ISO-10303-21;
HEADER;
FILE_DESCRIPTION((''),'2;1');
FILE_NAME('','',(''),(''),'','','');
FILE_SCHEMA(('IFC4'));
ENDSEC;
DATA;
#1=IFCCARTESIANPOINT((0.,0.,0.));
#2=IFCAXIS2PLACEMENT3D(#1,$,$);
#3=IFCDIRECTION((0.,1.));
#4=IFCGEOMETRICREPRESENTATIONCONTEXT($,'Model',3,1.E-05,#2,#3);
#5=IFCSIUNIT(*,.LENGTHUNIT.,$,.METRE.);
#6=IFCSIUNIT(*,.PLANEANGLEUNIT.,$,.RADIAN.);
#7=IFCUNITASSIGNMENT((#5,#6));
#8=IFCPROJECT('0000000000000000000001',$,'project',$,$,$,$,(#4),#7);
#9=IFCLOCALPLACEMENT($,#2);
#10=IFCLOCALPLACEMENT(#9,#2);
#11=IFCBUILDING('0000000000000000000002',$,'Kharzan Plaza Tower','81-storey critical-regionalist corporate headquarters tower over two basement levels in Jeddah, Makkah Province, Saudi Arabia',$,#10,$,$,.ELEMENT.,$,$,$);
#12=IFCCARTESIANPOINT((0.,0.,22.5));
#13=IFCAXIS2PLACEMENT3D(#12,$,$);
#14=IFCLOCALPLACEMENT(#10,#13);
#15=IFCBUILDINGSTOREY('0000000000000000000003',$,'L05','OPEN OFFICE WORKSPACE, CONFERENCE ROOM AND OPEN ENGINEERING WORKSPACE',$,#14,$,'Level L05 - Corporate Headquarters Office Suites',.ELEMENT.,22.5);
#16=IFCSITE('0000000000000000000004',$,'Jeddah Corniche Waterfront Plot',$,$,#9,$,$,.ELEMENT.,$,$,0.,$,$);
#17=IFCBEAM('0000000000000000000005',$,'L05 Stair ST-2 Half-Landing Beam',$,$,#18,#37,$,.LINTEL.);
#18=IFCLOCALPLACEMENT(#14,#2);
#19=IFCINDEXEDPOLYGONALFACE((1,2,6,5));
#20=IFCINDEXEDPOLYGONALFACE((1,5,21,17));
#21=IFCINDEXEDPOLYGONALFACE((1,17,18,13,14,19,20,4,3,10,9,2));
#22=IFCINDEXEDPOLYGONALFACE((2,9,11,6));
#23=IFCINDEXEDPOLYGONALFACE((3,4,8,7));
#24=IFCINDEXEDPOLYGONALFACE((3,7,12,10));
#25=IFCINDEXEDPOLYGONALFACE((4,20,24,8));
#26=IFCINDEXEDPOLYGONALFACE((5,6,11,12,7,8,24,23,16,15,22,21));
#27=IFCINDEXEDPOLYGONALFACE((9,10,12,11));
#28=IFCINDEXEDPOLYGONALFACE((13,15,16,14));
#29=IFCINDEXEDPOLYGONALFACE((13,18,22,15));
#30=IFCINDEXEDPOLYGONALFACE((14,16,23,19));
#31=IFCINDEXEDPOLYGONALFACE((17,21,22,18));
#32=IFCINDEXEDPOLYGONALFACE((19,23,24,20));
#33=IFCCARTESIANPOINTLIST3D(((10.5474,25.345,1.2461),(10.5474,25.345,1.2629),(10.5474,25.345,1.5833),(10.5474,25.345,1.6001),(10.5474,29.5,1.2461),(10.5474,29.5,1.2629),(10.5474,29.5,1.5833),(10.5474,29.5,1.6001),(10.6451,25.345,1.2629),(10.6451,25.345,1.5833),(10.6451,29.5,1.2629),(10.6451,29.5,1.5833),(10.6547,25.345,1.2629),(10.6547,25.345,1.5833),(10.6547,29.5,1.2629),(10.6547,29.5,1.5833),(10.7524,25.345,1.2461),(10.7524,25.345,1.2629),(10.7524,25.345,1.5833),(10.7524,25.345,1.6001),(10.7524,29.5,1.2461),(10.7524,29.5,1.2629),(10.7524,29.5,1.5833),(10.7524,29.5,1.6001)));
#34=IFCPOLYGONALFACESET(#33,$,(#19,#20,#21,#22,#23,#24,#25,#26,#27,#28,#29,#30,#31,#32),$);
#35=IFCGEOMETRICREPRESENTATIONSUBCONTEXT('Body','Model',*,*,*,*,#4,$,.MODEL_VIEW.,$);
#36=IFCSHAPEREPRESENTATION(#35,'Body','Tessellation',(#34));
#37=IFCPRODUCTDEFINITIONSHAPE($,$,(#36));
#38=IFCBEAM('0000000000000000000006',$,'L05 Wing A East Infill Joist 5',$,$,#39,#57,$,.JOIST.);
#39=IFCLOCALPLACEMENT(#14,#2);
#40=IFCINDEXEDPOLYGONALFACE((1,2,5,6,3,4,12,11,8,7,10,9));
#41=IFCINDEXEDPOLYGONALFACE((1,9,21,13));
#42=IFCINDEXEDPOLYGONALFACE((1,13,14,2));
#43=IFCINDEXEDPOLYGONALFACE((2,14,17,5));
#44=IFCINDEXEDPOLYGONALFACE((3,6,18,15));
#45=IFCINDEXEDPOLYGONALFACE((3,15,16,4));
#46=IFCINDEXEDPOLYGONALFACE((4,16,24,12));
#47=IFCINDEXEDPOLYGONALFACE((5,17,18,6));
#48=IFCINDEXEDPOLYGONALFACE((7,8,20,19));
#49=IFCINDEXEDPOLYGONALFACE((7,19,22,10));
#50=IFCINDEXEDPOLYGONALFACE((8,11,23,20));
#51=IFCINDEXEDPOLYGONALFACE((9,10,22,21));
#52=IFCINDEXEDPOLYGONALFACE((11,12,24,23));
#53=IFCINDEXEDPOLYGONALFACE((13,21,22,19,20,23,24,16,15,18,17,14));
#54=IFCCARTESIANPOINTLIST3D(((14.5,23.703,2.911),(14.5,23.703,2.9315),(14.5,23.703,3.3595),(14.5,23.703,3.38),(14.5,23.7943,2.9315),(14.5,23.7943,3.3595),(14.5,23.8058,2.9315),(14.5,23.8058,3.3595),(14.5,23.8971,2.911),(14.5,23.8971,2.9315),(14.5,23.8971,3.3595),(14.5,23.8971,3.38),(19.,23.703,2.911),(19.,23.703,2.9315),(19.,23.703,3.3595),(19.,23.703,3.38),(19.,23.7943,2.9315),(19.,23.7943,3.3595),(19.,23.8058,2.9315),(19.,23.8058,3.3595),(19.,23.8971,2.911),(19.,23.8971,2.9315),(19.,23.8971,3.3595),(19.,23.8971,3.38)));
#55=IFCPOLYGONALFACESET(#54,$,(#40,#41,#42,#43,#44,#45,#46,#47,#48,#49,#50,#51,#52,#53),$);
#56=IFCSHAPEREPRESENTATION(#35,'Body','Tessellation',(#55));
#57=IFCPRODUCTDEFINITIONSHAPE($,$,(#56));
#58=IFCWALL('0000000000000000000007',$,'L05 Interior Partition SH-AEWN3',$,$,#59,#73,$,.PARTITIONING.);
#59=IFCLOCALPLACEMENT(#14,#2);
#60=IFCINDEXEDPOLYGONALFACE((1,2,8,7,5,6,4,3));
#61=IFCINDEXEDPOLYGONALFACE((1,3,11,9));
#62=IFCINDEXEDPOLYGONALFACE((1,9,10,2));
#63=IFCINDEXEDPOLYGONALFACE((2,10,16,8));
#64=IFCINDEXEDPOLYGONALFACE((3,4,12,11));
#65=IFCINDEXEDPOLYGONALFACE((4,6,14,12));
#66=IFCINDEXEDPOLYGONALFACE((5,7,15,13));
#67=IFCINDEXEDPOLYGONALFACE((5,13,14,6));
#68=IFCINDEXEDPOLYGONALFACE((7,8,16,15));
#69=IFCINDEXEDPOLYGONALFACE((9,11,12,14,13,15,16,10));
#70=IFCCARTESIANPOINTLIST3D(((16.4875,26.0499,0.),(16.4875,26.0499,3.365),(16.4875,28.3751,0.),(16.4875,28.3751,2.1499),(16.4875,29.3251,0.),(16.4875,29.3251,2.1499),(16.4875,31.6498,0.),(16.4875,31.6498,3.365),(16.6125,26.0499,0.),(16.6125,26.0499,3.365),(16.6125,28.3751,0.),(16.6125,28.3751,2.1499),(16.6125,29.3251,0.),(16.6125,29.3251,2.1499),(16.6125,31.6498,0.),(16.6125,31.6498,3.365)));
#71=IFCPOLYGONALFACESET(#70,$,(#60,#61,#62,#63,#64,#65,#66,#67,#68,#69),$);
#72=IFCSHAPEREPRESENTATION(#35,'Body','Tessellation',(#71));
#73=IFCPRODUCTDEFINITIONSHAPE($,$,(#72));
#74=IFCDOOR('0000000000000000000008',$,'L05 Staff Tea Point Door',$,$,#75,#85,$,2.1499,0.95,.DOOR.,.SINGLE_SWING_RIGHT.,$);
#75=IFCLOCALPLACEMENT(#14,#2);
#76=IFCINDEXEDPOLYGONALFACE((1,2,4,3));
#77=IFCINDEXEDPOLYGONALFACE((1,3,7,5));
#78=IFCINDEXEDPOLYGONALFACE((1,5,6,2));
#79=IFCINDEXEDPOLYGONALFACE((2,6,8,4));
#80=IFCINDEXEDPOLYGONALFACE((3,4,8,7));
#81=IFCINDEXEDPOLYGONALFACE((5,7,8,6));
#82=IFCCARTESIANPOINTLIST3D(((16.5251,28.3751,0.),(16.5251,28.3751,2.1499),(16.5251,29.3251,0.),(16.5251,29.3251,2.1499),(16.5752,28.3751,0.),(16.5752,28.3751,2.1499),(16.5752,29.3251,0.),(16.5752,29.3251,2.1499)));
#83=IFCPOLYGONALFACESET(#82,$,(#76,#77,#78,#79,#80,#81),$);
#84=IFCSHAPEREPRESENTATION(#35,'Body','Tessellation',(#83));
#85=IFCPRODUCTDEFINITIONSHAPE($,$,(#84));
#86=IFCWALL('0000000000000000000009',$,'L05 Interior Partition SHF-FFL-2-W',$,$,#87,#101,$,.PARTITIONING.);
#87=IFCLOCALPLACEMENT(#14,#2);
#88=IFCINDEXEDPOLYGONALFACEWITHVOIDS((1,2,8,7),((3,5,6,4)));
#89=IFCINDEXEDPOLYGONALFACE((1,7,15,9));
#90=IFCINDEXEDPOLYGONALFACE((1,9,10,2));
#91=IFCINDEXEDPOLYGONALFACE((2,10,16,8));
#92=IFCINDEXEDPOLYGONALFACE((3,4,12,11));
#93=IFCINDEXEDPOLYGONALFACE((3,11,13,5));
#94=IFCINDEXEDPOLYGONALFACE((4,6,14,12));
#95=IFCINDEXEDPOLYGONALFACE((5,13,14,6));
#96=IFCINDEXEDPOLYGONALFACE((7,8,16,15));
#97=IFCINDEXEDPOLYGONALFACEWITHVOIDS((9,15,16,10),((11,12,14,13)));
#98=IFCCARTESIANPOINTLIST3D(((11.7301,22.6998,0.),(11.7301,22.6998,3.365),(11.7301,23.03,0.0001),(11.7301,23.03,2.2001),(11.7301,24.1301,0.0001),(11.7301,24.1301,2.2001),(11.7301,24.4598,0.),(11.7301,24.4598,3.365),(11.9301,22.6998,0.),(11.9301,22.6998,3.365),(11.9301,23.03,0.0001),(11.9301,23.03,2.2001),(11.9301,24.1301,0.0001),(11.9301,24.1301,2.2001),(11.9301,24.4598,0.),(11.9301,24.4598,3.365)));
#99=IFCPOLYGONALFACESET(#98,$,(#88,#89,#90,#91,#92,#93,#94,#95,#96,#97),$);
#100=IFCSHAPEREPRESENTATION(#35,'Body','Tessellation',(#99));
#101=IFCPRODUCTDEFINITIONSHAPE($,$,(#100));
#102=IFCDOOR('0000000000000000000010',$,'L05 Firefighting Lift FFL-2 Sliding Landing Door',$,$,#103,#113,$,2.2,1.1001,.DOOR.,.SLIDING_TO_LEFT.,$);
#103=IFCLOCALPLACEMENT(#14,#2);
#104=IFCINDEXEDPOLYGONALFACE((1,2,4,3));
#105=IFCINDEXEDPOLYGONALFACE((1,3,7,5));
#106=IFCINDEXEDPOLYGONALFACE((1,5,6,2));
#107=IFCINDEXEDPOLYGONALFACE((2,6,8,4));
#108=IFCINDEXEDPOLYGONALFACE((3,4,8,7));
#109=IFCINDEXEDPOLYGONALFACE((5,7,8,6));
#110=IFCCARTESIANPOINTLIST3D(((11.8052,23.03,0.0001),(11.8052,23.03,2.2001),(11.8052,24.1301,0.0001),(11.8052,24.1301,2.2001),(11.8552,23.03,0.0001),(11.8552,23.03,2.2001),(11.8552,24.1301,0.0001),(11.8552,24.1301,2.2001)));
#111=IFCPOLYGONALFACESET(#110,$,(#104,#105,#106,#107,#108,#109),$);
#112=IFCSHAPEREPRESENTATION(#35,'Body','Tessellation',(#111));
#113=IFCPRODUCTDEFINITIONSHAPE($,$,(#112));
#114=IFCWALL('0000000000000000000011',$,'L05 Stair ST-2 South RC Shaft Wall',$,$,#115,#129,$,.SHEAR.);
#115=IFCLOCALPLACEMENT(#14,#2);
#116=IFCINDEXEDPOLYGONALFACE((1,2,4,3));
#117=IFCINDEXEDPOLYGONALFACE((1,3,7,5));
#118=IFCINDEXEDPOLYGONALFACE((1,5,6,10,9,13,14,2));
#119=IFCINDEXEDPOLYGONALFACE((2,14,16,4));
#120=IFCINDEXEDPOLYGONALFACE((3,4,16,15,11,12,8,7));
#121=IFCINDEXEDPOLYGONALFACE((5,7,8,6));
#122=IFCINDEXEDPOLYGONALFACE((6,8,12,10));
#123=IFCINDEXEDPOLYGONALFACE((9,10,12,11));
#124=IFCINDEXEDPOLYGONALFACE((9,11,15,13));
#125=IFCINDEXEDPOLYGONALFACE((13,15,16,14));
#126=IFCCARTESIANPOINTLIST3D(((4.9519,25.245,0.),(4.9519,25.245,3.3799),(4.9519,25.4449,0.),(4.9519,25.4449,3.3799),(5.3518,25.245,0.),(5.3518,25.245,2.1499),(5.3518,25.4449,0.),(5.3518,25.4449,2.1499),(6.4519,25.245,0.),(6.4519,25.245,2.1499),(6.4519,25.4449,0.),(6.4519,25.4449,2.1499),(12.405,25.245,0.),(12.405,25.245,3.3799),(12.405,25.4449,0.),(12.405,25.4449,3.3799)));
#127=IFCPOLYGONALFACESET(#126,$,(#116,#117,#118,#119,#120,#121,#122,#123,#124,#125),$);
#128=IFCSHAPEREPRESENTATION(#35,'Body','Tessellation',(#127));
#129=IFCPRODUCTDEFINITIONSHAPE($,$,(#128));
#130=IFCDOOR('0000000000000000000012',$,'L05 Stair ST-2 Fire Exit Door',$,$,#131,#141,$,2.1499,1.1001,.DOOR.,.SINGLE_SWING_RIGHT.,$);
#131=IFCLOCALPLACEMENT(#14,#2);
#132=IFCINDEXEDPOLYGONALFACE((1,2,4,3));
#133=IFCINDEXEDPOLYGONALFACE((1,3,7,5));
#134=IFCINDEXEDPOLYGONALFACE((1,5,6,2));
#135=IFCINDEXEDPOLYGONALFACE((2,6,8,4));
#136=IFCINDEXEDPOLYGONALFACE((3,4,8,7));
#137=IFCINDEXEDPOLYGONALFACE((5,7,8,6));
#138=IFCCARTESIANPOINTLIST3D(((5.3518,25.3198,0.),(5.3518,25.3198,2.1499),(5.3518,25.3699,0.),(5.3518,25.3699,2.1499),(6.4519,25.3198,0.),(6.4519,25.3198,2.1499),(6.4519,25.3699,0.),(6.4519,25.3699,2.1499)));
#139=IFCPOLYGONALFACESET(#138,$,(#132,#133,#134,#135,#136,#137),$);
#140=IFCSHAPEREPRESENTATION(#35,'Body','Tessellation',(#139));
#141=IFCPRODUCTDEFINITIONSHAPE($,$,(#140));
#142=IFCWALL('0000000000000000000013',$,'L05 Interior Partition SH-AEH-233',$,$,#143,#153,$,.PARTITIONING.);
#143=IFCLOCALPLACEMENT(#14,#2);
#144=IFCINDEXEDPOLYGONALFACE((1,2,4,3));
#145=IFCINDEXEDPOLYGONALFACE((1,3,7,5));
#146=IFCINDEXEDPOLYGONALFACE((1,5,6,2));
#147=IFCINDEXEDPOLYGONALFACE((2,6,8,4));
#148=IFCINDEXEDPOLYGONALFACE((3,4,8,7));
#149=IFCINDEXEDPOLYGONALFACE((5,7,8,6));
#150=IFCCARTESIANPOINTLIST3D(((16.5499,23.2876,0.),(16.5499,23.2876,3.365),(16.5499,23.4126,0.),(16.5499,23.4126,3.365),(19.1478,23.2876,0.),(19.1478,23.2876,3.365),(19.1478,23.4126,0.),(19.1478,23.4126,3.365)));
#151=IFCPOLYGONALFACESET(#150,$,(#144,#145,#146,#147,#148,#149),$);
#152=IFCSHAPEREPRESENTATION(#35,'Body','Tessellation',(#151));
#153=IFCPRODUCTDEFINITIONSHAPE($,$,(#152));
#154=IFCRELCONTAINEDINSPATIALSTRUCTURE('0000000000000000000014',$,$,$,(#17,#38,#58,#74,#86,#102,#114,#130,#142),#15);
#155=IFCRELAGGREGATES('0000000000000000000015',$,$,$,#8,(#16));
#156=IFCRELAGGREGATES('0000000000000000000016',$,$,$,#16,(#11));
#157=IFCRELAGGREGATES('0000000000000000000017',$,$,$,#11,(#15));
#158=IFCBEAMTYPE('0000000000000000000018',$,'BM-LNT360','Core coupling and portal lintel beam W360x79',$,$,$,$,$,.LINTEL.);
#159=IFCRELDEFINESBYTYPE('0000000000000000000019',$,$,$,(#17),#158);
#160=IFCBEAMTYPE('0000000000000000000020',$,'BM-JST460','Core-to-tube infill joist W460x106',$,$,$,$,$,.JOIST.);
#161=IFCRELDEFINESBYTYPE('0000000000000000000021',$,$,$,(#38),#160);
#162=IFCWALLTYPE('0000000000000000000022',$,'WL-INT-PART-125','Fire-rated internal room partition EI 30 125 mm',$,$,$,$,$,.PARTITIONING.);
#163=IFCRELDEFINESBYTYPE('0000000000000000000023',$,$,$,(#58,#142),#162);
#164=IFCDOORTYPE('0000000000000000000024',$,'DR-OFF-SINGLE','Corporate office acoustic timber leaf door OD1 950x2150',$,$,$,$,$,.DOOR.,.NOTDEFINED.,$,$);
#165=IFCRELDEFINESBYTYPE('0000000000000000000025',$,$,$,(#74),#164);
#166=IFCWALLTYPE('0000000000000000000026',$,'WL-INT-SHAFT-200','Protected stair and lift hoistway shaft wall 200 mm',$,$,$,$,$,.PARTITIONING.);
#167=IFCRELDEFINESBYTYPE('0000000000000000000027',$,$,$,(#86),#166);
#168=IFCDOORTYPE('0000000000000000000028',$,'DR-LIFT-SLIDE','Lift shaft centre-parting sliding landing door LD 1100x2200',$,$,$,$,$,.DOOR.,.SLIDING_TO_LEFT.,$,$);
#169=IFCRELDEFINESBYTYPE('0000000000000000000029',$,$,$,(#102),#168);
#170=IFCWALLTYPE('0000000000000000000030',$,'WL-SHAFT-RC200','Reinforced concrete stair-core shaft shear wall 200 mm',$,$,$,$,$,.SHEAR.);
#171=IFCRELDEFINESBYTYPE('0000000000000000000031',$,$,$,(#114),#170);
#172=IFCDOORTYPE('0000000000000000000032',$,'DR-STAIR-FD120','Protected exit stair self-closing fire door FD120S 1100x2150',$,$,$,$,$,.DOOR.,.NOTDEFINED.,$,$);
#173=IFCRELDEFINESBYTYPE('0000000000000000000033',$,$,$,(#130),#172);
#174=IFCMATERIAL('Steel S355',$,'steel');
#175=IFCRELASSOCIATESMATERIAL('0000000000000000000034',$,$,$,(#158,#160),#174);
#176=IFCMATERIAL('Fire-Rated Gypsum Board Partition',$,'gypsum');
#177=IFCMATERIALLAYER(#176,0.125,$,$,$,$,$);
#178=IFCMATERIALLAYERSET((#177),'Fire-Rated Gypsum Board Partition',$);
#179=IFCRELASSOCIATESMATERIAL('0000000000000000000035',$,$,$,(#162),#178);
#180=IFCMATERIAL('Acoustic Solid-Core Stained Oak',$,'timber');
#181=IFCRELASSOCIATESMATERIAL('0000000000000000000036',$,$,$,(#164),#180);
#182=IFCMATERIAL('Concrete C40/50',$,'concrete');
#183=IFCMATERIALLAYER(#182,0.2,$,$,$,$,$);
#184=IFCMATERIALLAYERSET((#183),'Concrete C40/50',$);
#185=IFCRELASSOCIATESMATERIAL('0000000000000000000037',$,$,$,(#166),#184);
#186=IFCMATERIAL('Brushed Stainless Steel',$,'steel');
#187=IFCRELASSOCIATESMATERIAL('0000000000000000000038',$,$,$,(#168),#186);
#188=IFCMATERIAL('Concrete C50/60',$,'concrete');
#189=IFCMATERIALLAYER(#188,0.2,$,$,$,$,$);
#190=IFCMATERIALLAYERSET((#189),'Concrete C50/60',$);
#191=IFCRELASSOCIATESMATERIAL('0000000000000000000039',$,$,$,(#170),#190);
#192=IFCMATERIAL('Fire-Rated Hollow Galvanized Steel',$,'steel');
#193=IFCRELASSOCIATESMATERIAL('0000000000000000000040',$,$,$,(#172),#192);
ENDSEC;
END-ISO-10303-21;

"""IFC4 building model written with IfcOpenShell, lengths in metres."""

from ifc_helpers import new_model, si_unit, direction, frame, frame_2d, origin, origin_2d, place, context, subcontext, project, spatial, rectangle, i_section, extrude, source, transform, mapped, material, layer, layer_set, material_profile, profile_set, type_object, element, fill, save


model = new_model("IFC4")

# Units and contexts
model_context = context("Model", 3, precision=1e-05, world=origin(), true_north=direction((0.0, 1.0)))
body_context = subcontext(model_context, "Body", "Model", "MODEL_VIEW")
ifc_project = project(units=[si_unit("LENGTHUNIT", "METRE"), si_unit("PLANEANGLEUNIT", "RADIAN")], contexts=[model_context])

# Site, building, storey
site_placement = place(None, origin())
site = spatial("IfcSite", under=ifc_project, at=site_placement, Name="Jeddah Corniche Waterfront Plot", CompositionType="ELEMENT", RefElevation=0.0)
building_placement = place(site_placement, origin())
building = spatial("IfcBuilding", under=site, at=building_placement, Name="Kharzan Plaza Tower", Description="81-storey critical-regionalist corporate headquarters tower over two basement levels in Jeddah, Makkah Province, Saudi Arabia", CompositionType="ELEMENT")
storey_placement = place(building_placement, frame((0.0, 0.0, 22.5)))
storey = spatial("IfcBuildingStorey", under=building, at=storey_placement, Name="L05", Description="OPEN OFFICE WORKSPACE, CONFERENCE ROOM AND OPEN ENGINEERING WORKSPACE", LongName="Level L05 - Corporate Headquarters Office Suites", CompositionType="ELEMENT", Elevation=22.5)

# Beams
ifc_material_1 = material(Name="Steel S355", Category="steel")
ifc_material_profile_1 = material_profile(ifc_material_1, i_section(OverallWidth=0.2051, OverallDepth=0.354, WebThickness=0.0095, FlangeThickness=0.0168, at=origin_2d()), Name="W360x79")
ifc_profile_set_1 = profile_set([ifc_material_profile_1], Name="Steel S355")
beam_type_1 = type_object("IfcBeamType", Name="BM-LNT360", Description="Core coupling and portal lintel beam W360x79", PredefinedType="LINTEL", material=ifc_profile_set_1)
shared_shape_1 = source(origin(), body_context, "Body", "SweptSolid", [
    extrude(i_section(OverallWidth=0.2051, OverallDepth=0.354, WebThickness=0.0095, FlangeThickness=0.0168, at=origin_2d()), origin(), (0.0, 0.0, 1.0), 4.155),
])
beam_1_placement = place(storey_placement, frame((10.6499, 25.345, 1.4231), z_axis=(0.0, 1.0, 0.0), x_axis=(-1.0, 0.0, 0.0)))
element("IfcBeam", 1, at=beam_1_placement, inside=storey, type_object=beam_type_1, Name="L05 Stair ST-2 Half-Landing Beam", PredefinedType="LINTEL", context=body_context, shape_type="MappedRepresentation", body=[
    mapped(shared_shape_1, transform((0.0, 0.0, 0.0), x_axis=(1.0, 0.0, 0.0), y_axis=(0.0, 1.0, 0.0), z_axis=(0.0, 0.0, 1.0))),
])
ifc_material_profile_2 = material_profile(ifc_material_1, i_section(OverallWidth=0.1941, OverallDepth=0.469, WebThickness=0.0115, FlangeThickness=0.0205, at=origin_2d()), Name="W460x106")
ifc_profile_set_2 = profile_set([ifc_material_profile_2], Name="Steel S355")
beam_type_2 = type_object("IfcBeamType", Name="BM-JST460", Description="Core-to-tube infill joist W460x106", PredefinedType="JOIST", material=ifc_profile_set_2)
shared_shape_2 = source(origin(), body_context, "Body", "SweptSolid", [
    extrude(i_section(OverallWidth=0.1941, OverallDepth=0.469, WebThickness=0.0115, FlangeThickness=0.0205, at=origin_2d()), origin(), (0.0, 0.0, 1.0), 4.5),
])
beam_2_placement = place(storey_placement, frame((14.5, 23.8, 3.1455), z_axis=(1.0, 0.0, 0.0), x_axis=(0.0, 1.0, 0.0)))
element("IfcBeam", 2, at=beam_2_placement, inside=storey, type_object=beam_type_2, Name="L05 Wing A East Infill Joist 5", PredefinedType="JOIST", context=body_context, shape_type="MappedRepresentation", body=[
    mapped(shared_shape_2, transform((0.0, 0.0, 0.0), x_axis=(1.0, 0.0, 0.0), y_axis=(0.0, 1.0, 0.0), z_axis=(0.0, 0.0, 1.0))),
])

# Walls, openings, doors
ifc_material_2 = material(Name="Fire-Rated Gypsum Board Partition", Category="gypsum")
ifc_layer_1 = layer(ifc_material_2, 0.125)
ifc_layer_set_1 = layer_set([ifc_layer_1], Name="Fire-Rated Gypsum Board Partition")
wall_type_1 = type_object("IfcWallType", Name="WL-INT-PART-125", Description="Fire-rated internal room partition EI 30 125 mm", PredefinedType="PARTITIONING", material=ifc_layer_set_1)
wall_1_placement = place(storey_placement, frame((16.55, 26.05, 0.0), z_axis=(0.0, 0.0, 1.0), x_axis=(0.0, 1.0, 0.0)))
wall_1 = element("IfcWall", 3, at=wall_1_placement, inside=storey, type_object=wall_type_1, Name="L05 Interior Partition SH-AEWN3", PredefinedType="PARTITIONING", context=body_context, shape_type="SweptSolid", body=[
    extrude(rectangle(XDim=5.5999, YDim=0.125, at=frame_2d((2.7998, 0.0))), origin(), (0.0, 0.0, 1.0), 3.365),
])
opening_1_placement = place(wall_1_placement, frame((2.325, 0.0, 0.0)))
opening_1 = element("IfcOpeningElement", 4, at=opening_1_placement, cuts=wall_1, PredefinedType="OPENING", context=body_context, shape_type="SweptSolid", body=[
    extrude(rectangle(XDim=0.95, YDim=2.1499, at=frame_2d((0.4751, 1.075))), frame((0.0, 0.0725, 0.0), z_axis=(0.0, -1.0, 0.0), x_axis=(1.0, 0.0, 0.0)), (0.0, 0.0, 1.0), 0.145),
])
ifc_material_3 = material(Name="Acoustic Solid-Core Stained Oak", Category="timber")
door_type_1 = type_object("IfcDoorType", Name="DR-OFF-SINGLE", Description="Corporate office acoustic timber leaf door OD1 950x2150", OperationType="NOTDEFINED", PredefinedType="DOOR", material=ifc_material_3)
shared_shape_3 = source(origin(), body_context, "Body", "SweptSolid", [
    extrude(rectangle(XDim=0.95, YDim=2.1499, at=frame_2d((0.4751, 1.075))), frame((0.0, 0.0249, 0.0), z_axis=(0.0, -1.0, 0.0), x_axis=(1.0, 0.0, 0.0)), (0.0, 0.0, 1.0), 0.05),
])
door_1_placement = place(opening_1_placement, origin())
door_1 = element("IfcDoor", 5, at=door_1_placement, inside=storey, type_object=door_type_1, Name="L05 Staff Tea Point Door", OperationType="SINGLE_SWING_RIGHT", OverallHeight=2.1499, OverallWidth=0.95, PredefinedType="DOOR", context=body_context, shape_type="MappedRepresentation", body=[
    mapped(shared_shape_3, transform((0.0, 0.0, 0.0), x_axis=(1.0, 0.0, 0.0), y_axis=(0.0, 1.0, 0.0), z_axis=(0.0, 0.0, 1.0))),
])
fill(opening_1, door_1)
ifc_material_4 = material(Name="Concrete C40/50", Category="concrete")
ifc_layer_2 = layer(ifc_material_4, 0.2)
ifc_layer_set_2 = layer_set([ifc_layer_2], Name="Concrete C40/50")
wall_type_2 = type_object("IfcWallType", Name="WL-INT-SHAFT-200", Description="Protected stair and lift hoistway shaft wall 200 mm", PredefinedType="PARTITIONING", material=ifc_layer_set_2)
wall_2_placement = place(storey_placement, frame((11.8301, 22.7, 0.0), z_axis=(0.0, 0.0, 1.0), x_axis=(0.0, 1.0, 0.0)))
wall_2 = element("IfcWall", 6, at=wall_2_placement, inside=storey, type_object=wall_type_2, Name="L05 Interior Partition SHF-FFL-2-W", PredefinedType="PARTITIONING", context=body_context, shape_type="SweptSolid", body=[
    extrude(rectangle(XDim=1.76, YDim=0.2, at=frame_2d((0.8799, 0.0))), origin(), (0.0, 0.0, 1.0), 3.365),
])
opening_2_placement = place(wall_2_placement, frame((0.3301, 0.0, 0.0)))
opening_2 = element("IfcOpeningElement", 7, at=opening_2_placement, cuts=wall_2, PredefinedType="OPENING", context=body_context, shape_type="SweptSolid", body=[
    extrude(rectangle(XDim=1.1001, YDim=2.2, at=frame_2d((0.55, 1.1001))), frame((0.0, 0.1099, 0.0), z_axis=(0.0, -1.0, 0.0), x_axis=(1.0, 0.0, 0.0)), (0.0, 0.0, 1.0), 0.22),
])
ifc_material_5 = material(Name="Brushed Stainless Steel", Category="steel")
door_type_2 = type_object("IfcDoorType", Name="DR-LIFT-SLIDE", Description="Lift shaft centre-parting sliding landing door LD 1100x2200", OperationType="SLIDING_TO_LEFT", PredefinedType="DOOR", material=ifc_material_5)
shared_shape_4 = source(origin(), body_context, "Body", "SweptSolid", [
    extrude(rectangle(XDim=1.1001, YDim=2.2, at=frame_2d((0.55, 1.1001))), frame((0.0, 0.0249, 0.0), z_axis=(0.0, -1.0, 0.0), x_axis=(1.0, 0.0, 0.0)), (0.0, 0.0, 1.0), 0.05),
])
door_2_placement = place(opening_2_placement, origin())
door_2 = element("IfcDoor", 8, at=door_2_placement, inside=storey, type_object=door_type_2, Name="L05 Firefighting Lift FFL-2 Sliding Landing Door", OperationType="SLIDING_TO_LEFT", OverallHeight=2.2, OverallWidth=1.1001, PredefinedType="DOOR", context=body_context, shape_type="MappedRepresentation", body=[
    mapped(shared_shape_4, transform((0.0, 0.0, 0.0), x_axis=(1.0, 0.0, 0.0), y_axis=(0.0, 1.0, 0.0), z_axis=(0.0, 0.0, 1.0))),
])
fill(opening_2, door_2)
ifc_material_6 = material(Name="Concrete C50/60", Category="concrete")
ifc_layer_3 = layer(ifc_material_6, 0.2)
ifc_layer_set_3 = layer_set([ifc_layer_3], Name="Concrete C50/60")
wall_type_3 = type_object("IfcWallType", Name="WL-SHAFT-RC200", Description="Reinforced concrete stair-core shaft shear wall 200 mm", PredefinedType="SHEAR", material=ifc_layer_set_3)
wall_3_placement = place(storey_placement, frame((4.9519, 25.345, 0.0), z_axis=(0.0, 0.0, 1.0), x_axis=(1.0, 0.0, 0.0)))
wall_3 = element("IfcWall", 9, at=wall_3_placement, inside=storey, type_object=wall_type_3, Name="L05 Stair ST-2 South RC Shaft Wall", PredefinedType="SHEAR", context=body_context, shape_type="SweptSolid", body=[
    extrude(rectangle(XDim=7.4531, YDim=0.2, at=frame_2d((3.7266, 0.0))), origin(), (0.0, 0.0, 1.0), 3.3799),
])
opening_3_placement = place(wall_3_placement, frame((0.3999, 0.0, 0.0)))
opening_3 = element("IfcOpeningElement", 10, at=opening_3_placement, cuts=wall_3, PredefinedType="OPENING", context=body_context, shape_type="SweptSolid", body=[
    extrude(rectangle(XDim=1.1001, YDim=2.1499, at=frame_2d((0.55, 1.075))), frame((0.0, 0.1099, 0.0), z_axis=(0.0, -1.0, 0.0), x_axis=(1.0, 0.0, 0.0)), (0.0, 0.0, 1.0), 0.22),
])
ifc_material_7 = material(Name="Fire-Rated Hollow Galvanized Steel", Category="steel")
door_type_3 = type_object("IfcDoorType", Name="DR-STAIR-FD120", Description="Protected exit stair self-closing fire door FD120S 1100x2150", OperationType="NOTDEFINED", PredefinedType="DOOR", material=ifc_material_7)
shared_shape_5 = source(origin(), body_context, "Body", "SweptSolid", [
    extrude(rectangle(XDim=1.1001, YDim=2.1499, at=frame_2d((0.55, 1.075))), frame((0.0, 0.0249, 0.0), z_axis=(0.0, -1.0, 0.0), x_axis=(1.0, 0.0, 0.0)), (0.0, 0.0, 1.0), 0.05),
])
door_3_placement = place(opening_3_placement, origin())
door_3 = element("IfcDoor", 11, at=door_3_placement, inside=storey, type_object=door_type_3, Name="L05 Stair ST-2 Fire Exit Door", OperationType="SINGLE_SWING_RIGHT", OverallHeight=2.1499, OverallWidth=1.1001, PredefinedType="DOOR", context=body_context, shape_type="MappedRepresentation", body=[
    mapped(shared_shape_5, transform((0.0, 0.0, 0.0), x_axis=(1.0, 0.0, 0.0), y_axis=(0.0, 1.0, 0.0), z_axis=(0.0, 0.0, 1.0))),
])
fill(opening_3, door_3)

# Wall
shared_shape_6 = source(origin(), body_context, "Body", "SweptSolid", [
    extrude(rectangle(XDim=2.5979, YDim=0.125, at=frame_2d((1.2988, 0.0))), origin(), (0.0, 0.0, 1.0), 3.365),
])
for number, where, z_axis, x_axis, name in (
    (12, (16.55, 23.3501, 0.0), (0.0, 0.0, 1.0), (1.0, 0.0, 0.0), "L05 Interior Partition SH-AEH-233"),
):
    element("IfcWall", number, at=place(storey_placement, frame(where, z_axis=z_axis, x_axis=x_axis)), inside=storey, type_object=wall_type_1, Name=name, PredefinedType="PARTITIONING", context=body_context, shape_type="MappedRepresentation", body=[
        mapped(shared_shape_6, transform((0.0, 0.0, 0.0), x_axis=(1.0, 0.0, 0.0), y_axis=(0.0, 1.0, 0.0), z_axis=(0.0, 0.0, 1.0))),
    ])

save(model, "model.ifc")
